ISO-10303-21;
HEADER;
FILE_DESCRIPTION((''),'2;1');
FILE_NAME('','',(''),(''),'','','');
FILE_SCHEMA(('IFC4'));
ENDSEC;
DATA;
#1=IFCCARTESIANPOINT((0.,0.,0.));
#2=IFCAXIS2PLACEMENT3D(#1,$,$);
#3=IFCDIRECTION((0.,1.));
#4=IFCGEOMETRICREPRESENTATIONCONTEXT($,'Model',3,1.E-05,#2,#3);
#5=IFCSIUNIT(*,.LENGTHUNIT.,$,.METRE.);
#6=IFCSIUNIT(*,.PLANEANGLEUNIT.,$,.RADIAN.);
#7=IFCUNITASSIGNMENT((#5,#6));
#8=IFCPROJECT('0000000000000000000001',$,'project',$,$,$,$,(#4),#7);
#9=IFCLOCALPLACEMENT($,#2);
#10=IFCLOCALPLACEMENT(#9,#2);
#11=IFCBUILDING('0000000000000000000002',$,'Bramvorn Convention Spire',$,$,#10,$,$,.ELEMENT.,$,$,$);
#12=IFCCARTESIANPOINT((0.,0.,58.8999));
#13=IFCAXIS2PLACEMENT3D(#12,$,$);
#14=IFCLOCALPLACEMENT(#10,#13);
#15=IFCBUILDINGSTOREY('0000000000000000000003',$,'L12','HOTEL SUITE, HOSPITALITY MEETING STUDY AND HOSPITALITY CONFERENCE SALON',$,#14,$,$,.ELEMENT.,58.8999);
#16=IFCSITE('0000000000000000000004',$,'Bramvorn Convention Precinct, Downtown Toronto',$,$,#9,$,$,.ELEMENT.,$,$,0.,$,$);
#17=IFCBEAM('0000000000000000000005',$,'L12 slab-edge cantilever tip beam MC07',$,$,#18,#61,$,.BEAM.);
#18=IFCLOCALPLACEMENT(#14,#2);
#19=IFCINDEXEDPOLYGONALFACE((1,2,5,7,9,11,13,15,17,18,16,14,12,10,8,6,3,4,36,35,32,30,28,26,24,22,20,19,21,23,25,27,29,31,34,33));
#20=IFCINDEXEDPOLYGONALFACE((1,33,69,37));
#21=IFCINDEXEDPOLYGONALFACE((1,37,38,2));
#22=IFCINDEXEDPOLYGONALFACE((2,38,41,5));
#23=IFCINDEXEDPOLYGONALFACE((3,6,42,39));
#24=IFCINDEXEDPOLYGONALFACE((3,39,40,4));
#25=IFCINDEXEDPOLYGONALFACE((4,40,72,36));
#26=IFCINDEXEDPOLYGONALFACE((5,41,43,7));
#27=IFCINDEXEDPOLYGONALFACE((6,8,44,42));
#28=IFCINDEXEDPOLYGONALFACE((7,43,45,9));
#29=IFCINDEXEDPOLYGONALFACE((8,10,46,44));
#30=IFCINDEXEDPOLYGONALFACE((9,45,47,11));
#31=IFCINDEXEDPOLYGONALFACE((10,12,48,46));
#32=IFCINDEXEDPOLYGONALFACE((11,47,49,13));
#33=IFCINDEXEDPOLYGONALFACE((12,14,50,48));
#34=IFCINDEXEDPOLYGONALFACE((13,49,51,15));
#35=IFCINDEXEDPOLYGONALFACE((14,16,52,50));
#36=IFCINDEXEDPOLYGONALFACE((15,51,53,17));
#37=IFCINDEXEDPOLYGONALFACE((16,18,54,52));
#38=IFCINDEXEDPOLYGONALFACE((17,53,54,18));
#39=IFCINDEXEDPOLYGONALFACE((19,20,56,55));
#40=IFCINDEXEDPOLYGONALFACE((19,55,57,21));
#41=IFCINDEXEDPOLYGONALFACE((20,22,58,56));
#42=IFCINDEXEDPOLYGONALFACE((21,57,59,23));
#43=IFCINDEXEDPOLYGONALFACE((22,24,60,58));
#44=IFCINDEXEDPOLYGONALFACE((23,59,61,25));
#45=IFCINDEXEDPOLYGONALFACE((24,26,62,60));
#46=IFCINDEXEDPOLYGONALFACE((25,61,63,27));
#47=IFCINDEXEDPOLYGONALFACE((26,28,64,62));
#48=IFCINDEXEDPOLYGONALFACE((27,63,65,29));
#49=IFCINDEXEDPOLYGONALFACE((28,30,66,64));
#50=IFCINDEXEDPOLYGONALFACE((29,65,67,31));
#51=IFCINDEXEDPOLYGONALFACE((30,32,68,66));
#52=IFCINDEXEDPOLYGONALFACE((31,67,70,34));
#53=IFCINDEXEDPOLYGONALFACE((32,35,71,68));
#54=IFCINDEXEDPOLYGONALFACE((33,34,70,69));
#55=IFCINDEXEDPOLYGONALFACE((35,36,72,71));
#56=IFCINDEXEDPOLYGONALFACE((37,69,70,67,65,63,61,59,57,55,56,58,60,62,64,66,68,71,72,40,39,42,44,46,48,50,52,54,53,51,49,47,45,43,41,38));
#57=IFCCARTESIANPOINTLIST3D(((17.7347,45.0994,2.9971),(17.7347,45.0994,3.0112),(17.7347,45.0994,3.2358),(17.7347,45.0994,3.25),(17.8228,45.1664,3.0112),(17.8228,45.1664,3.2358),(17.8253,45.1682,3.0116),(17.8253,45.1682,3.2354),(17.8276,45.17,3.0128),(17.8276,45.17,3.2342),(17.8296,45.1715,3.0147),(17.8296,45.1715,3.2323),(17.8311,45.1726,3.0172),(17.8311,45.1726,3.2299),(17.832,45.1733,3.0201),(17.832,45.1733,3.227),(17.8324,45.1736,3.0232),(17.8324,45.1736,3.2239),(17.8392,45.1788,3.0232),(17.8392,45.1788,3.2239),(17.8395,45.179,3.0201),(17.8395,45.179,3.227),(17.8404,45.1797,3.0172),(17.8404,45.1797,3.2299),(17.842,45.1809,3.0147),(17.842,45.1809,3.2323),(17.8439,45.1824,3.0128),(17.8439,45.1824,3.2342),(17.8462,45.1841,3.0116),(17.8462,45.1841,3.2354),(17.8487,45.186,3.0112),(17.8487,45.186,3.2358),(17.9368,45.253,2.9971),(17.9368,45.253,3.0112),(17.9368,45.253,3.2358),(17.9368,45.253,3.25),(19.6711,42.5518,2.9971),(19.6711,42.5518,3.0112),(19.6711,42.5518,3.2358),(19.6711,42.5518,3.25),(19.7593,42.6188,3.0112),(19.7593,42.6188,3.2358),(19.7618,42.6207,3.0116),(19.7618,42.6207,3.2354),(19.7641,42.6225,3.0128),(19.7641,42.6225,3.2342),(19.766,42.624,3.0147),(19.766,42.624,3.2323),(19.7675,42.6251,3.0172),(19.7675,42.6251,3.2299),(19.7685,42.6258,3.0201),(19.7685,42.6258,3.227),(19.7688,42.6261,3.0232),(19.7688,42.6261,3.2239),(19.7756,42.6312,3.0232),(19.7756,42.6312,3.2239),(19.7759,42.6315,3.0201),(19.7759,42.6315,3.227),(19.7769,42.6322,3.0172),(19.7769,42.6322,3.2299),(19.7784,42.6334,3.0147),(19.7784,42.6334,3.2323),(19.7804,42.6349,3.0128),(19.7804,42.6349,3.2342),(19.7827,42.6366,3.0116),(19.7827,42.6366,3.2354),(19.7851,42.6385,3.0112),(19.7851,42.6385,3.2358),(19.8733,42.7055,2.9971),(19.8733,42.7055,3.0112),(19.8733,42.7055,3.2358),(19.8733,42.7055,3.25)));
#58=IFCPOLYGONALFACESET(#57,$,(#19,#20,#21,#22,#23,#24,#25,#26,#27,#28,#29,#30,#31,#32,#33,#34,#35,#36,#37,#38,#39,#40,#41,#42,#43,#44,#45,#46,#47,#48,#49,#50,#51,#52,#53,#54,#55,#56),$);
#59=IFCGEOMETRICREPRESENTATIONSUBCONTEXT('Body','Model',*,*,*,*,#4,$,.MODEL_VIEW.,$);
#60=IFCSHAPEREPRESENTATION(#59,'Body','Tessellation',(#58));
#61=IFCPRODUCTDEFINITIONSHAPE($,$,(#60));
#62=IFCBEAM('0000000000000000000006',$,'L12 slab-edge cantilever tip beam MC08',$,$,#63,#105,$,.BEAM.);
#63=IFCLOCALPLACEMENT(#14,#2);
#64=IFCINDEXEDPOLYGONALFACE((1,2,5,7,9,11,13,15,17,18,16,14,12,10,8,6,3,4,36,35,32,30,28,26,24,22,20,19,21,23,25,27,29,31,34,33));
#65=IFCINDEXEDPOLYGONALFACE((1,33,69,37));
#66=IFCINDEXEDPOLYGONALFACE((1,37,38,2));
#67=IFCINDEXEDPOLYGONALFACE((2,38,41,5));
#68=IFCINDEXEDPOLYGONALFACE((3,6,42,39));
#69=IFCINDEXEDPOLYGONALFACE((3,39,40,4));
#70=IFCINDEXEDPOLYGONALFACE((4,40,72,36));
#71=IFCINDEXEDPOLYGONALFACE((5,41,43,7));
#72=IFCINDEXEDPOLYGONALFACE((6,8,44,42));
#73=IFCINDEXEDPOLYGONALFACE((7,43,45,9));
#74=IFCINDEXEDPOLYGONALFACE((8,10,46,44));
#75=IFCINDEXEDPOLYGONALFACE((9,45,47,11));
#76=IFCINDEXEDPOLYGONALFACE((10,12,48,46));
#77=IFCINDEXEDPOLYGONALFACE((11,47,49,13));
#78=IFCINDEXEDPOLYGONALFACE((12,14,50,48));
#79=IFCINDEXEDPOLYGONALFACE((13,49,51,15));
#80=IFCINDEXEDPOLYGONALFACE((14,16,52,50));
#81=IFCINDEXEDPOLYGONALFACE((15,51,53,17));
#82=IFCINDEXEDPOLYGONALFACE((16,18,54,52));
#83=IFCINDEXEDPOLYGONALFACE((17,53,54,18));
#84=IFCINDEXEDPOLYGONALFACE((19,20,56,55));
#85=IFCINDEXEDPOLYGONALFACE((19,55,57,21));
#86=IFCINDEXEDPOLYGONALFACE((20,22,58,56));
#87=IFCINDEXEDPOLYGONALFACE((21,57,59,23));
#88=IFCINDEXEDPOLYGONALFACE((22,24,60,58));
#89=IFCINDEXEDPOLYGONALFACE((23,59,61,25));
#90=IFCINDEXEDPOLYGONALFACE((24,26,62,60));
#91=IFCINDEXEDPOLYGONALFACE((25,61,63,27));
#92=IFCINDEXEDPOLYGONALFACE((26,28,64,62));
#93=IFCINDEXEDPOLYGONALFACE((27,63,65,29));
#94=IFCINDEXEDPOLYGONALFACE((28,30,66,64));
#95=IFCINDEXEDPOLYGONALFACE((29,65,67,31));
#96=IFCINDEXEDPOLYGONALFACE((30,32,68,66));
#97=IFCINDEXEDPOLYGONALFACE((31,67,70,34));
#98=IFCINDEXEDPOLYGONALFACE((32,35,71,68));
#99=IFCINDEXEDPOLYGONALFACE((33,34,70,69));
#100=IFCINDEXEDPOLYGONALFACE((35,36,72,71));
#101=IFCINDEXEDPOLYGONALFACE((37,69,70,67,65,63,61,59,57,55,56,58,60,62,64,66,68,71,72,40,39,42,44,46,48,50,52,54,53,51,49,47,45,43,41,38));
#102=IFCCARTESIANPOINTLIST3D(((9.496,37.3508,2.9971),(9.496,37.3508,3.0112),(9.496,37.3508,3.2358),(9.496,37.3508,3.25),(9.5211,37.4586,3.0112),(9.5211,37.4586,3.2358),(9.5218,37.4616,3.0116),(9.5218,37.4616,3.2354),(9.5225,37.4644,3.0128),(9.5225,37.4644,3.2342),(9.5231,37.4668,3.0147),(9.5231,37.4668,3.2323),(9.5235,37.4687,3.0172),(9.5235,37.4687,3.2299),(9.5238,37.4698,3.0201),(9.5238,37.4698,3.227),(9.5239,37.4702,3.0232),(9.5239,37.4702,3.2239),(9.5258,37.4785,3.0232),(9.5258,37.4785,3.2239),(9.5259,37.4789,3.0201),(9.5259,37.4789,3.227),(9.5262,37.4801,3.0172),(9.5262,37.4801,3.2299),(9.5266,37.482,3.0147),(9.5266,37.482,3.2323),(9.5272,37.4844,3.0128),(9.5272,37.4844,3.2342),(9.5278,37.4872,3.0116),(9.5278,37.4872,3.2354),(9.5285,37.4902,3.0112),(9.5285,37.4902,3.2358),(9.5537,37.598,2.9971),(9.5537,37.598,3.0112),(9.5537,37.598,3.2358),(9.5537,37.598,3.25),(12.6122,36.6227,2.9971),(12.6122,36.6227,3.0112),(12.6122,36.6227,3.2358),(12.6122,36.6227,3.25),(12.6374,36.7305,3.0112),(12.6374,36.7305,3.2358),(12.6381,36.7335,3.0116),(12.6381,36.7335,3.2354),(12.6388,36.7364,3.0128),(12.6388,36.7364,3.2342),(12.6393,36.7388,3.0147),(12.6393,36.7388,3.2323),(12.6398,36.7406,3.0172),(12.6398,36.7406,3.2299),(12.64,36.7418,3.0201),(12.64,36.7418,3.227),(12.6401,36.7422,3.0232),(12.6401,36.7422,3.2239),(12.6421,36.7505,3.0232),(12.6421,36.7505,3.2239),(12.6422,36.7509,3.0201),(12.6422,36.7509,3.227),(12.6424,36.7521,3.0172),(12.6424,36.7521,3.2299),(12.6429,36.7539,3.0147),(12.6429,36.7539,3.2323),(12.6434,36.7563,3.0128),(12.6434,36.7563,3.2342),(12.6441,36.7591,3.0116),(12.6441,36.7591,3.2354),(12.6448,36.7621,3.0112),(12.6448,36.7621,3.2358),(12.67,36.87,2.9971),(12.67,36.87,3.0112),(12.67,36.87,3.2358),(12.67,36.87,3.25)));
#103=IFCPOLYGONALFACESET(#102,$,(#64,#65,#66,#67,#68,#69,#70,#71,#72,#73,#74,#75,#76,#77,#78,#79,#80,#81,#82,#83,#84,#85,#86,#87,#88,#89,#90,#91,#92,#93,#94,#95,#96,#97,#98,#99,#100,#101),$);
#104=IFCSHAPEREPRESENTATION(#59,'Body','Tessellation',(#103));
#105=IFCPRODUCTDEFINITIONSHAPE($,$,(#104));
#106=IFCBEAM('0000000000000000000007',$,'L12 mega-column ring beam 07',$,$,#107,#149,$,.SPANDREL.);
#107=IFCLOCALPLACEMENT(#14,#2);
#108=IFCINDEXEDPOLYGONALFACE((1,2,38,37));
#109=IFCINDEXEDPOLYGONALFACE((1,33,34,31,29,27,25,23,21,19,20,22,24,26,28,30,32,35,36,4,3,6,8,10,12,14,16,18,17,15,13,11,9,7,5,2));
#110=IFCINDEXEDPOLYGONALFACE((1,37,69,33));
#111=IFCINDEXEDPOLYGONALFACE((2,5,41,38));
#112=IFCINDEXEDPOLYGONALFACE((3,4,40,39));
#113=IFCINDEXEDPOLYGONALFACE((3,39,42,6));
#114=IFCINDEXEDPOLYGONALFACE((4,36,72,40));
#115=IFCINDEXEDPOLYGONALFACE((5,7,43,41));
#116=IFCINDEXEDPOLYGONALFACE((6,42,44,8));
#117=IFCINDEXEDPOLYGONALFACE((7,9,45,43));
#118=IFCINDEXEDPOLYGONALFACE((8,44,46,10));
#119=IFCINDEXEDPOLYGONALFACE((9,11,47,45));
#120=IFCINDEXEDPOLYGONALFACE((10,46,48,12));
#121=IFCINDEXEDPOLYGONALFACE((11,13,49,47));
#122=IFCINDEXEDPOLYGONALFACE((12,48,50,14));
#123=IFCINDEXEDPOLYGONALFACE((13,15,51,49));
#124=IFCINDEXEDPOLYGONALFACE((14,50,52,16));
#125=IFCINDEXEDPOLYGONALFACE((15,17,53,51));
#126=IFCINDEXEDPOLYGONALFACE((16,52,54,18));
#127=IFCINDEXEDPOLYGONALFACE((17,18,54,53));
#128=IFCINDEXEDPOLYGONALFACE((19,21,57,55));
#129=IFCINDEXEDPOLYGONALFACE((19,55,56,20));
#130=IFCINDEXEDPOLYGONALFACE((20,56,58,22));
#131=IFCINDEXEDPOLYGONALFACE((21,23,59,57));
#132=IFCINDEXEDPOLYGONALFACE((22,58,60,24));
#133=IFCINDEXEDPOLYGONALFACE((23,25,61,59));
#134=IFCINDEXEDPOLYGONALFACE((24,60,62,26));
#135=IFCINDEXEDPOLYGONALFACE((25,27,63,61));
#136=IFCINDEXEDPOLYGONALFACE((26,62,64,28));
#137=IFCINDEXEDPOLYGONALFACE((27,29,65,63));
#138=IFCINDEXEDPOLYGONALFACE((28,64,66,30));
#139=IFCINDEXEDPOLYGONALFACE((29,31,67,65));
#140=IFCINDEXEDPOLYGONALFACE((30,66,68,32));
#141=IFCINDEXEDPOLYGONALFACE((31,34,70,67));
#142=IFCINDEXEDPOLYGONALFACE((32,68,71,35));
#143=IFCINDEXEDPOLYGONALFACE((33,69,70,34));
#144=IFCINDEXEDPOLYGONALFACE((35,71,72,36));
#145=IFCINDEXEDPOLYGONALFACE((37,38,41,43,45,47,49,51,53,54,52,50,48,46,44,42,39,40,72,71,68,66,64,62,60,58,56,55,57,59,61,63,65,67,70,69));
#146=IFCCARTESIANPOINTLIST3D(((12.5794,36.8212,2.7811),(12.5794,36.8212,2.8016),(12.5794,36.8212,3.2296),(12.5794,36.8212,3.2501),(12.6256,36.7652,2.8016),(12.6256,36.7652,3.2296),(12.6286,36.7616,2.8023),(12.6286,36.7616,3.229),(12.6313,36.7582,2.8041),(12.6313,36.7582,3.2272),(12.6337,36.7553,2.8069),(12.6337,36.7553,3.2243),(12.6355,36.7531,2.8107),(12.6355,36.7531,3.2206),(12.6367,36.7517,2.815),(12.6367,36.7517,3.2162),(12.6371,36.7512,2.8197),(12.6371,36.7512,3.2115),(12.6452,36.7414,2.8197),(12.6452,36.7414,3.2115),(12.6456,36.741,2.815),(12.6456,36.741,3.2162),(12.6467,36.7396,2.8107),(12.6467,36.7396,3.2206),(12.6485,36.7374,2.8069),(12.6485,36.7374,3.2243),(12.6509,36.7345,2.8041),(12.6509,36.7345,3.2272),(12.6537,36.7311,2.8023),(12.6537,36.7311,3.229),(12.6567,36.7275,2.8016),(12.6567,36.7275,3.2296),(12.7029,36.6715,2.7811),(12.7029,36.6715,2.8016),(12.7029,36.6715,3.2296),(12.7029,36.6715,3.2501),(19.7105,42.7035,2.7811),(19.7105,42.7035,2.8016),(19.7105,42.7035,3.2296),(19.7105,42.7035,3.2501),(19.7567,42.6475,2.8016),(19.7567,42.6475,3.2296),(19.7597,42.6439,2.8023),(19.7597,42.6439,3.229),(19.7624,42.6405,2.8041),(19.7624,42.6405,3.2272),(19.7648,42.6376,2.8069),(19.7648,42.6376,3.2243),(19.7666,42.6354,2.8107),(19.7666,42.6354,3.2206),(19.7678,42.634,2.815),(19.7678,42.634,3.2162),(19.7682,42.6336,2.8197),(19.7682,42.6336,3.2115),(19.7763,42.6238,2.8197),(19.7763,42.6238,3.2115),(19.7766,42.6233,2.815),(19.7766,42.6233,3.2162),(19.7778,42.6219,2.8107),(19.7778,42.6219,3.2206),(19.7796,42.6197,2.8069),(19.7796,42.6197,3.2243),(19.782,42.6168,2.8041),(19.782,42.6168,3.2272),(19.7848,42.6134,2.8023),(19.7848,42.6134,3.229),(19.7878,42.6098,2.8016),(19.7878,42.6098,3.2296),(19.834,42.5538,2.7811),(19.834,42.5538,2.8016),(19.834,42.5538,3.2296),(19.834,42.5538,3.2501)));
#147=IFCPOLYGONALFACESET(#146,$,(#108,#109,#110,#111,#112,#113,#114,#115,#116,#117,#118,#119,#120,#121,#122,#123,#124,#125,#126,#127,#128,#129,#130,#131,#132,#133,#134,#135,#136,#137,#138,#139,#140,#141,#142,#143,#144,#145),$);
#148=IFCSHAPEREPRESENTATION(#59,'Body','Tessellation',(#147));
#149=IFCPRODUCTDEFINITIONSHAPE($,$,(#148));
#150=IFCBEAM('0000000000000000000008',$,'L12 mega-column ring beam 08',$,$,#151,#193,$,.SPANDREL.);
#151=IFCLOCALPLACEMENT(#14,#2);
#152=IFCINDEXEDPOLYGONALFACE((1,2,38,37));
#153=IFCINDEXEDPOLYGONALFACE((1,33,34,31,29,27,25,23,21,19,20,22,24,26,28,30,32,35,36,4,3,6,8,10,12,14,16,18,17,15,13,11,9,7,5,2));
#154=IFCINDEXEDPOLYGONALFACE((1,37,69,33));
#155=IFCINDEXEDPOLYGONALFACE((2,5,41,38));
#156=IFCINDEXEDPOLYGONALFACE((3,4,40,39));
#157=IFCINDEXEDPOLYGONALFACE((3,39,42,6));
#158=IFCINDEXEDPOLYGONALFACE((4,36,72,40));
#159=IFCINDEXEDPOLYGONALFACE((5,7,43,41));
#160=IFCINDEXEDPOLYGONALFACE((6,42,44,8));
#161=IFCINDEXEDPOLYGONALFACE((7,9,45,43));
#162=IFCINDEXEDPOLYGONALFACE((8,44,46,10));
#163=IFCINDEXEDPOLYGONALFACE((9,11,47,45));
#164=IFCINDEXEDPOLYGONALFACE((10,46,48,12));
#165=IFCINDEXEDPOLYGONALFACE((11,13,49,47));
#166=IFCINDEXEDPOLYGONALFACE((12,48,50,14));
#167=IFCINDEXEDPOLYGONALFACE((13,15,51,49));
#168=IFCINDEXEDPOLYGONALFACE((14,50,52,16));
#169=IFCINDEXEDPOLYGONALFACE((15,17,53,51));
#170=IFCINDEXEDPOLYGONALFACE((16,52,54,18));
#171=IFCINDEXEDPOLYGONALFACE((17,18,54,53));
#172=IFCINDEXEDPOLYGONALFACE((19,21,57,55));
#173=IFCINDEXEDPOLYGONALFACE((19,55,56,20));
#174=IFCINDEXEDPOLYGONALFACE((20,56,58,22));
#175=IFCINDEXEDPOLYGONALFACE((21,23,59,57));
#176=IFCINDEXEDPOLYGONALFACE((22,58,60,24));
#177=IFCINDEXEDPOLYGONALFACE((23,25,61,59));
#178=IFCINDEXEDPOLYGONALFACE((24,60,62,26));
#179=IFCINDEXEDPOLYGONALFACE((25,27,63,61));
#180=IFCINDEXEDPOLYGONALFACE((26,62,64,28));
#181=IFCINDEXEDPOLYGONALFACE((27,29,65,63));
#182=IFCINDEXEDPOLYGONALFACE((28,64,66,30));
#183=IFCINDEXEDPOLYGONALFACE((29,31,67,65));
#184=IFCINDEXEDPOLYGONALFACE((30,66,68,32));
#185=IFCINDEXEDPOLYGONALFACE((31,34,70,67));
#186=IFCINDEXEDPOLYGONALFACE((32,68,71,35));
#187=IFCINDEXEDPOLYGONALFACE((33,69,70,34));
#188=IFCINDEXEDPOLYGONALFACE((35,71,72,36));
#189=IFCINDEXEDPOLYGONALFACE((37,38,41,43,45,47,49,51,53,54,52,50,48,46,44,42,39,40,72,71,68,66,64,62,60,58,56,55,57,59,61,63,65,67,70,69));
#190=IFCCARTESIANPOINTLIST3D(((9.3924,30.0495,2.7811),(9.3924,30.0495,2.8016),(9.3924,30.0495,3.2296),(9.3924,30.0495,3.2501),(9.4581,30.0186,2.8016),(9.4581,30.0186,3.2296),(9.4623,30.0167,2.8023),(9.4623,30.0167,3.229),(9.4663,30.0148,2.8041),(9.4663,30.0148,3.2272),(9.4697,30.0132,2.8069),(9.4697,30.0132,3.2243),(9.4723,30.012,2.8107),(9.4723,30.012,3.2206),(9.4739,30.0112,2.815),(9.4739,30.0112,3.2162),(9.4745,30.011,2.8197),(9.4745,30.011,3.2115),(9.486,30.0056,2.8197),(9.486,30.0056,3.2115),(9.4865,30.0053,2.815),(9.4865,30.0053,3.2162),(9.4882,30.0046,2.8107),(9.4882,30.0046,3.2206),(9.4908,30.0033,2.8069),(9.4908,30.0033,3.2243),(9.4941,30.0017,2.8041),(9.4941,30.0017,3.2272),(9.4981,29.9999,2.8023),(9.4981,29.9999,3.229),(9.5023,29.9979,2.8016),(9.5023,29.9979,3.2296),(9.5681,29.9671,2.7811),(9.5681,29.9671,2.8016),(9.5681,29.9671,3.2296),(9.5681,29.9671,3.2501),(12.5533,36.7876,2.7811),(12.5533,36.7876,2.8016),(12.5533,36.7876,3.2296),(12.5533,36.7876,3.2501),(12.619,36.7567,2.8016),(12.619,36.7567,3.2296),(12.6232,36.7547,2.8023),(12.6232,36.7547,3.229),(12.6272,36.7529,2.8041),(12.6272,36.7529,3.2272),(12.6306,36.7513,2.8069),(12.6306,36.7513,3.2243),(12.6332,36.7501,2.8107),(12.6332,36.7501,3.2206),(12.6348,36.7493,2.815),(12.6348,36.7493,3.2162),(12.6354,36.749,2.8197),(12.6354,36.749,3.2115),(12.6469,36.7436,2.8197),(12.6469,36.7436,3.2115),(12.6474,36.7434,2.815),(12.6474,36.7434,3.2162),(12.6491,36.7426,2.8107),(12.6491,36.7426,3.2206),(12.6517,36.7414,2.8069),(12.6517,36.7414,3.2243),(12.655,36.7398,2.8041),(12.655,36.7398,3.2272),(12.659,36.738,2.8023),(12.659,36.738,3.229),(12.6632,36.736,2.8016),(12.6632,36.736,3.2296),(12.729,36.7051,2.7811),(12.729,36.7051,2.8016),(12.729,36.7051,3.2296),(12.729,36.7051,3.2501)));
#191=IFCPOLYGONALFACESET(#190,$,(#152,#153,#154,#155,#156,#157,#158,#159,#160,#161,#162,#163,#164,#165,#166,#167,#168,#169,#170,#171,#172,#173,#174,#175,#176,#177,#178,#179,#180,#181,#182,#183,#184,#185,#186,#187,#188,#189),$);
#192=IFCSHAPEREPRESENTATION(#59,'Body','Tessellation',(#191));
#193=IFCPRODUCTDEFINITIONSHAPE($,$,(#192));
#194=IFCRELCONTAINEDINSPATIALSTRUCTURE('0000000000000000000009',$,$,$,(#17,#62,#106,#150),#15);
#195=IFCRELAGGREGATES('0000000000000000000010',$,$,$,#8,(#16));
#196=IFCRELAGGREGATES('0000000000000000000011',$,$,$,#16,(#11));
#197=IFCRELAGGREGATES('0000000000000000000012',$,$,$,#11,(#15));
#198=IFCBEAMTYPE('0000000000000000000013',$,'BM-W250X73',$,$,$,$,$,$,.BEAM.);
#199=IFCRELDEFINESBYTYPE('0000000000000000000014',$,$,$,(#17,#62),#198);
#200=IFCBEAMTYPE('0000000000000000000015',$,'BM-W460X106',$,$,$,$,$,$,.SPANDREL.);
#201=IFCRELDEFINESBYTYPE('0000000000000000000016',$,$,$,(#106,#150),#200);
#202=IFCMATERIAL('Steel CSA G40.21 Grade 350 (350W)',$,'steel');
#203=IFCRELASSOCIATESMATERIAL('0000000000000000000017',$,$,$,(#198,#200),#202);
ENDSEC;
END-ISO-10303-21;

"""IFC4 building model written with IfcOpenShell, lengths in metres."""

from ifc_helpers import new_model, si_unit, direction, frame, origin, origin_2d, place, context, subcontext, project, spatial, i_section, extrude, material, material_profile, profile_set, type_object, element, save


model = new_model("IFC4")

# Units and contexts
model_context = context("Model", 3, precision=1e-05, world=origin(), true_north=direction((0.0, 1.0)))
body_context = subcontext(model_context, "Body", "Model", "MODEL_VIEW")
ifc_project = project(units=[si_unit("LENGTHUNIT", "METRE"), si_unit("PLANEANGLEUNIT", "RADIAN")], contexts=[model_context])

# Site, building, storey
site_placement = place(None, origin())
site = spatial("IfcSite", under=ifc_project, at=site_placement, Name="Bramvorn Convention Precinct, Downtown Toronto", CompositionType="ELEMENT", RefElevation=0.0)
building_placement = place(site_placement, origin())
building = spatial("IfcBuilding", under=site, at=building_placement, Name="Bramvorn Convention Spire", CompositionType="ELEMENT")
storey_placement = place(building_placement, frame((0.0, 0.0, 58.8999)))
storey = spatial("IfcBuildingStorey", under=building, at=storey_placement, Name="L12", Description="HOTEL SUITE, HOSPITALITY MEETING STUDY AND HOSPITALITY CONFERENCE SALON", CompositionType="ELEMENT", Elevation=58.8999)

# Shared definitions
ifc_material_1 = material(Name="Steel CSA G40.21 Grade 350 (350W)", Category="steel")

# Beams
ifc_material_profile_1 = material_profile(ifc_material_1, i_section(OverallWidth=0.2539, OverallDepth=0.2529, WebThickness=0.0085, FlangeThickness=0.0142, FilletRadius=0.012, at=origin_2d()))
ifc_profile_set_1 = profile_set([ifc_material_profile_1], Name="Steel CSA G40.21 Grade 350 (350W) - W250X73")
beam_type_1 = type_object("IfcBeamType", Name="BM-W250X73", PredefinedType="BEAM", material=ifc_profile_set_1)
beam_1_placement = place(storey_placement, frame((19.7722, 42.6287, 3.1235), z_axis=(-0.605151, 0.796111, 0.0), x_axis=(-0.796111, -0.605151, 0.0)))
element("IfcBeam", 1, at=beam_1_placement, inside=storey, type_object=beam_type_1, Name="L12 slab-edge cantilever tip beam MC07", PredefinedType="BEAM", context=body_context, shape_type="SweptSolid", body=[
    extrude(i_section(OverallWidth=0.2539, OverallDepth=0.2529, WebThickness=0.0085, FlangeThickness=0.0142, FilletRadius=0.012, at=origin_2d()), origin(), (0.0, 0.0, 1.0), 3.2),
])
beam_2_placement = place(storey_placement, frame((12.6411, 36.7463, 3.1235), z_axis=(-0.973778, 0.2275, 0.0), x_axis=(-0.2275, -0.973778, 0.0)))
element("IfcBeam", 2, at=beam_2_placement, inside=storey, type_object=beam_type_1, Name="L12 slab-edge cantilever tip beam MC08", PredefinedType="BEAM", context=body_context, shape_type="SweptSolid", body=[
    extrude(i_section(OverallWidth=0.2539, OverallDepth=0.2529, WebThickness=0.0085, FlangeThickness=0.0142, FilletRadius=0.012, at=origin_2d()), origin(), (0.0, 0.0, 1.0), 3.2002),
])
ifc_material_profile_2 = material_profile(ifc_material_1, i_section(OverallWidth=0.1941, OverallDepth=0.469, WebThickness=0.0127, FlangeThickness=0.0205, FilletRadius=0.0181, at=origin_2d()))
ifc_profile_set_2 = profile_set([ifc_material_profile_2], Name="Steel CSA G40.21 Grade 350 (350W) - W460X106")
beam_type_2 = type_object("IfcBeamType", Name="BM-W460X106", PredefinedType="SPANDREL", material=ifc_profile_set_2)
beam_3_placement = place(storey_placement, frame((19.7722, 42.6287, 3.0156), z_axis=(-0.771418, -0.636329, 0.0), x_axis=(0.636329, -0.771418, 0.0)))
element("IfcBeam", 3, at=beam_3_placement, inside=storey, type_object=beam_type_2, Name="L12 mega-column ring beam 07", PredefinedType="SPANDREL", context=body_context, shape_type="SweptSolid", body=[
    extrude(i_section(OverallWidth=0.1941, OverallDepth=0.469, WebThickness=0.0127, FlangeThickness=0.0205, FilletRadius=0.0181, at=origin_2d()), origin(), (0.0, 0.0, 1.0), 9.2441),
])
beam_4_placement = place(storey_placement, frame((12.6411, 36.7463, 3.0156), z_axis=(-0.424702, -0.905333, 0.0), x_axis=(0.905333, -0.424702, 0.0)))
element("IfcBeam", 4, at=beam_4_placement, inside=storey, type_object=beam_type_2, Name="L12 mega-column ring beam 08", PredefinedType="SPANDREL", context=body_context, shape_type="SweptSolid", body=[
    extrude(i_section(OverallWidth=0.1941, OverallDepth=0.469, WebThickness=0.0127, FlangeThickness=0.0205, FilletRadius=0.0181, at=origin_2d()), origin(), (0.0, 0.0, 1.0), 7.4426),
])

save(model, "model.ifc")
